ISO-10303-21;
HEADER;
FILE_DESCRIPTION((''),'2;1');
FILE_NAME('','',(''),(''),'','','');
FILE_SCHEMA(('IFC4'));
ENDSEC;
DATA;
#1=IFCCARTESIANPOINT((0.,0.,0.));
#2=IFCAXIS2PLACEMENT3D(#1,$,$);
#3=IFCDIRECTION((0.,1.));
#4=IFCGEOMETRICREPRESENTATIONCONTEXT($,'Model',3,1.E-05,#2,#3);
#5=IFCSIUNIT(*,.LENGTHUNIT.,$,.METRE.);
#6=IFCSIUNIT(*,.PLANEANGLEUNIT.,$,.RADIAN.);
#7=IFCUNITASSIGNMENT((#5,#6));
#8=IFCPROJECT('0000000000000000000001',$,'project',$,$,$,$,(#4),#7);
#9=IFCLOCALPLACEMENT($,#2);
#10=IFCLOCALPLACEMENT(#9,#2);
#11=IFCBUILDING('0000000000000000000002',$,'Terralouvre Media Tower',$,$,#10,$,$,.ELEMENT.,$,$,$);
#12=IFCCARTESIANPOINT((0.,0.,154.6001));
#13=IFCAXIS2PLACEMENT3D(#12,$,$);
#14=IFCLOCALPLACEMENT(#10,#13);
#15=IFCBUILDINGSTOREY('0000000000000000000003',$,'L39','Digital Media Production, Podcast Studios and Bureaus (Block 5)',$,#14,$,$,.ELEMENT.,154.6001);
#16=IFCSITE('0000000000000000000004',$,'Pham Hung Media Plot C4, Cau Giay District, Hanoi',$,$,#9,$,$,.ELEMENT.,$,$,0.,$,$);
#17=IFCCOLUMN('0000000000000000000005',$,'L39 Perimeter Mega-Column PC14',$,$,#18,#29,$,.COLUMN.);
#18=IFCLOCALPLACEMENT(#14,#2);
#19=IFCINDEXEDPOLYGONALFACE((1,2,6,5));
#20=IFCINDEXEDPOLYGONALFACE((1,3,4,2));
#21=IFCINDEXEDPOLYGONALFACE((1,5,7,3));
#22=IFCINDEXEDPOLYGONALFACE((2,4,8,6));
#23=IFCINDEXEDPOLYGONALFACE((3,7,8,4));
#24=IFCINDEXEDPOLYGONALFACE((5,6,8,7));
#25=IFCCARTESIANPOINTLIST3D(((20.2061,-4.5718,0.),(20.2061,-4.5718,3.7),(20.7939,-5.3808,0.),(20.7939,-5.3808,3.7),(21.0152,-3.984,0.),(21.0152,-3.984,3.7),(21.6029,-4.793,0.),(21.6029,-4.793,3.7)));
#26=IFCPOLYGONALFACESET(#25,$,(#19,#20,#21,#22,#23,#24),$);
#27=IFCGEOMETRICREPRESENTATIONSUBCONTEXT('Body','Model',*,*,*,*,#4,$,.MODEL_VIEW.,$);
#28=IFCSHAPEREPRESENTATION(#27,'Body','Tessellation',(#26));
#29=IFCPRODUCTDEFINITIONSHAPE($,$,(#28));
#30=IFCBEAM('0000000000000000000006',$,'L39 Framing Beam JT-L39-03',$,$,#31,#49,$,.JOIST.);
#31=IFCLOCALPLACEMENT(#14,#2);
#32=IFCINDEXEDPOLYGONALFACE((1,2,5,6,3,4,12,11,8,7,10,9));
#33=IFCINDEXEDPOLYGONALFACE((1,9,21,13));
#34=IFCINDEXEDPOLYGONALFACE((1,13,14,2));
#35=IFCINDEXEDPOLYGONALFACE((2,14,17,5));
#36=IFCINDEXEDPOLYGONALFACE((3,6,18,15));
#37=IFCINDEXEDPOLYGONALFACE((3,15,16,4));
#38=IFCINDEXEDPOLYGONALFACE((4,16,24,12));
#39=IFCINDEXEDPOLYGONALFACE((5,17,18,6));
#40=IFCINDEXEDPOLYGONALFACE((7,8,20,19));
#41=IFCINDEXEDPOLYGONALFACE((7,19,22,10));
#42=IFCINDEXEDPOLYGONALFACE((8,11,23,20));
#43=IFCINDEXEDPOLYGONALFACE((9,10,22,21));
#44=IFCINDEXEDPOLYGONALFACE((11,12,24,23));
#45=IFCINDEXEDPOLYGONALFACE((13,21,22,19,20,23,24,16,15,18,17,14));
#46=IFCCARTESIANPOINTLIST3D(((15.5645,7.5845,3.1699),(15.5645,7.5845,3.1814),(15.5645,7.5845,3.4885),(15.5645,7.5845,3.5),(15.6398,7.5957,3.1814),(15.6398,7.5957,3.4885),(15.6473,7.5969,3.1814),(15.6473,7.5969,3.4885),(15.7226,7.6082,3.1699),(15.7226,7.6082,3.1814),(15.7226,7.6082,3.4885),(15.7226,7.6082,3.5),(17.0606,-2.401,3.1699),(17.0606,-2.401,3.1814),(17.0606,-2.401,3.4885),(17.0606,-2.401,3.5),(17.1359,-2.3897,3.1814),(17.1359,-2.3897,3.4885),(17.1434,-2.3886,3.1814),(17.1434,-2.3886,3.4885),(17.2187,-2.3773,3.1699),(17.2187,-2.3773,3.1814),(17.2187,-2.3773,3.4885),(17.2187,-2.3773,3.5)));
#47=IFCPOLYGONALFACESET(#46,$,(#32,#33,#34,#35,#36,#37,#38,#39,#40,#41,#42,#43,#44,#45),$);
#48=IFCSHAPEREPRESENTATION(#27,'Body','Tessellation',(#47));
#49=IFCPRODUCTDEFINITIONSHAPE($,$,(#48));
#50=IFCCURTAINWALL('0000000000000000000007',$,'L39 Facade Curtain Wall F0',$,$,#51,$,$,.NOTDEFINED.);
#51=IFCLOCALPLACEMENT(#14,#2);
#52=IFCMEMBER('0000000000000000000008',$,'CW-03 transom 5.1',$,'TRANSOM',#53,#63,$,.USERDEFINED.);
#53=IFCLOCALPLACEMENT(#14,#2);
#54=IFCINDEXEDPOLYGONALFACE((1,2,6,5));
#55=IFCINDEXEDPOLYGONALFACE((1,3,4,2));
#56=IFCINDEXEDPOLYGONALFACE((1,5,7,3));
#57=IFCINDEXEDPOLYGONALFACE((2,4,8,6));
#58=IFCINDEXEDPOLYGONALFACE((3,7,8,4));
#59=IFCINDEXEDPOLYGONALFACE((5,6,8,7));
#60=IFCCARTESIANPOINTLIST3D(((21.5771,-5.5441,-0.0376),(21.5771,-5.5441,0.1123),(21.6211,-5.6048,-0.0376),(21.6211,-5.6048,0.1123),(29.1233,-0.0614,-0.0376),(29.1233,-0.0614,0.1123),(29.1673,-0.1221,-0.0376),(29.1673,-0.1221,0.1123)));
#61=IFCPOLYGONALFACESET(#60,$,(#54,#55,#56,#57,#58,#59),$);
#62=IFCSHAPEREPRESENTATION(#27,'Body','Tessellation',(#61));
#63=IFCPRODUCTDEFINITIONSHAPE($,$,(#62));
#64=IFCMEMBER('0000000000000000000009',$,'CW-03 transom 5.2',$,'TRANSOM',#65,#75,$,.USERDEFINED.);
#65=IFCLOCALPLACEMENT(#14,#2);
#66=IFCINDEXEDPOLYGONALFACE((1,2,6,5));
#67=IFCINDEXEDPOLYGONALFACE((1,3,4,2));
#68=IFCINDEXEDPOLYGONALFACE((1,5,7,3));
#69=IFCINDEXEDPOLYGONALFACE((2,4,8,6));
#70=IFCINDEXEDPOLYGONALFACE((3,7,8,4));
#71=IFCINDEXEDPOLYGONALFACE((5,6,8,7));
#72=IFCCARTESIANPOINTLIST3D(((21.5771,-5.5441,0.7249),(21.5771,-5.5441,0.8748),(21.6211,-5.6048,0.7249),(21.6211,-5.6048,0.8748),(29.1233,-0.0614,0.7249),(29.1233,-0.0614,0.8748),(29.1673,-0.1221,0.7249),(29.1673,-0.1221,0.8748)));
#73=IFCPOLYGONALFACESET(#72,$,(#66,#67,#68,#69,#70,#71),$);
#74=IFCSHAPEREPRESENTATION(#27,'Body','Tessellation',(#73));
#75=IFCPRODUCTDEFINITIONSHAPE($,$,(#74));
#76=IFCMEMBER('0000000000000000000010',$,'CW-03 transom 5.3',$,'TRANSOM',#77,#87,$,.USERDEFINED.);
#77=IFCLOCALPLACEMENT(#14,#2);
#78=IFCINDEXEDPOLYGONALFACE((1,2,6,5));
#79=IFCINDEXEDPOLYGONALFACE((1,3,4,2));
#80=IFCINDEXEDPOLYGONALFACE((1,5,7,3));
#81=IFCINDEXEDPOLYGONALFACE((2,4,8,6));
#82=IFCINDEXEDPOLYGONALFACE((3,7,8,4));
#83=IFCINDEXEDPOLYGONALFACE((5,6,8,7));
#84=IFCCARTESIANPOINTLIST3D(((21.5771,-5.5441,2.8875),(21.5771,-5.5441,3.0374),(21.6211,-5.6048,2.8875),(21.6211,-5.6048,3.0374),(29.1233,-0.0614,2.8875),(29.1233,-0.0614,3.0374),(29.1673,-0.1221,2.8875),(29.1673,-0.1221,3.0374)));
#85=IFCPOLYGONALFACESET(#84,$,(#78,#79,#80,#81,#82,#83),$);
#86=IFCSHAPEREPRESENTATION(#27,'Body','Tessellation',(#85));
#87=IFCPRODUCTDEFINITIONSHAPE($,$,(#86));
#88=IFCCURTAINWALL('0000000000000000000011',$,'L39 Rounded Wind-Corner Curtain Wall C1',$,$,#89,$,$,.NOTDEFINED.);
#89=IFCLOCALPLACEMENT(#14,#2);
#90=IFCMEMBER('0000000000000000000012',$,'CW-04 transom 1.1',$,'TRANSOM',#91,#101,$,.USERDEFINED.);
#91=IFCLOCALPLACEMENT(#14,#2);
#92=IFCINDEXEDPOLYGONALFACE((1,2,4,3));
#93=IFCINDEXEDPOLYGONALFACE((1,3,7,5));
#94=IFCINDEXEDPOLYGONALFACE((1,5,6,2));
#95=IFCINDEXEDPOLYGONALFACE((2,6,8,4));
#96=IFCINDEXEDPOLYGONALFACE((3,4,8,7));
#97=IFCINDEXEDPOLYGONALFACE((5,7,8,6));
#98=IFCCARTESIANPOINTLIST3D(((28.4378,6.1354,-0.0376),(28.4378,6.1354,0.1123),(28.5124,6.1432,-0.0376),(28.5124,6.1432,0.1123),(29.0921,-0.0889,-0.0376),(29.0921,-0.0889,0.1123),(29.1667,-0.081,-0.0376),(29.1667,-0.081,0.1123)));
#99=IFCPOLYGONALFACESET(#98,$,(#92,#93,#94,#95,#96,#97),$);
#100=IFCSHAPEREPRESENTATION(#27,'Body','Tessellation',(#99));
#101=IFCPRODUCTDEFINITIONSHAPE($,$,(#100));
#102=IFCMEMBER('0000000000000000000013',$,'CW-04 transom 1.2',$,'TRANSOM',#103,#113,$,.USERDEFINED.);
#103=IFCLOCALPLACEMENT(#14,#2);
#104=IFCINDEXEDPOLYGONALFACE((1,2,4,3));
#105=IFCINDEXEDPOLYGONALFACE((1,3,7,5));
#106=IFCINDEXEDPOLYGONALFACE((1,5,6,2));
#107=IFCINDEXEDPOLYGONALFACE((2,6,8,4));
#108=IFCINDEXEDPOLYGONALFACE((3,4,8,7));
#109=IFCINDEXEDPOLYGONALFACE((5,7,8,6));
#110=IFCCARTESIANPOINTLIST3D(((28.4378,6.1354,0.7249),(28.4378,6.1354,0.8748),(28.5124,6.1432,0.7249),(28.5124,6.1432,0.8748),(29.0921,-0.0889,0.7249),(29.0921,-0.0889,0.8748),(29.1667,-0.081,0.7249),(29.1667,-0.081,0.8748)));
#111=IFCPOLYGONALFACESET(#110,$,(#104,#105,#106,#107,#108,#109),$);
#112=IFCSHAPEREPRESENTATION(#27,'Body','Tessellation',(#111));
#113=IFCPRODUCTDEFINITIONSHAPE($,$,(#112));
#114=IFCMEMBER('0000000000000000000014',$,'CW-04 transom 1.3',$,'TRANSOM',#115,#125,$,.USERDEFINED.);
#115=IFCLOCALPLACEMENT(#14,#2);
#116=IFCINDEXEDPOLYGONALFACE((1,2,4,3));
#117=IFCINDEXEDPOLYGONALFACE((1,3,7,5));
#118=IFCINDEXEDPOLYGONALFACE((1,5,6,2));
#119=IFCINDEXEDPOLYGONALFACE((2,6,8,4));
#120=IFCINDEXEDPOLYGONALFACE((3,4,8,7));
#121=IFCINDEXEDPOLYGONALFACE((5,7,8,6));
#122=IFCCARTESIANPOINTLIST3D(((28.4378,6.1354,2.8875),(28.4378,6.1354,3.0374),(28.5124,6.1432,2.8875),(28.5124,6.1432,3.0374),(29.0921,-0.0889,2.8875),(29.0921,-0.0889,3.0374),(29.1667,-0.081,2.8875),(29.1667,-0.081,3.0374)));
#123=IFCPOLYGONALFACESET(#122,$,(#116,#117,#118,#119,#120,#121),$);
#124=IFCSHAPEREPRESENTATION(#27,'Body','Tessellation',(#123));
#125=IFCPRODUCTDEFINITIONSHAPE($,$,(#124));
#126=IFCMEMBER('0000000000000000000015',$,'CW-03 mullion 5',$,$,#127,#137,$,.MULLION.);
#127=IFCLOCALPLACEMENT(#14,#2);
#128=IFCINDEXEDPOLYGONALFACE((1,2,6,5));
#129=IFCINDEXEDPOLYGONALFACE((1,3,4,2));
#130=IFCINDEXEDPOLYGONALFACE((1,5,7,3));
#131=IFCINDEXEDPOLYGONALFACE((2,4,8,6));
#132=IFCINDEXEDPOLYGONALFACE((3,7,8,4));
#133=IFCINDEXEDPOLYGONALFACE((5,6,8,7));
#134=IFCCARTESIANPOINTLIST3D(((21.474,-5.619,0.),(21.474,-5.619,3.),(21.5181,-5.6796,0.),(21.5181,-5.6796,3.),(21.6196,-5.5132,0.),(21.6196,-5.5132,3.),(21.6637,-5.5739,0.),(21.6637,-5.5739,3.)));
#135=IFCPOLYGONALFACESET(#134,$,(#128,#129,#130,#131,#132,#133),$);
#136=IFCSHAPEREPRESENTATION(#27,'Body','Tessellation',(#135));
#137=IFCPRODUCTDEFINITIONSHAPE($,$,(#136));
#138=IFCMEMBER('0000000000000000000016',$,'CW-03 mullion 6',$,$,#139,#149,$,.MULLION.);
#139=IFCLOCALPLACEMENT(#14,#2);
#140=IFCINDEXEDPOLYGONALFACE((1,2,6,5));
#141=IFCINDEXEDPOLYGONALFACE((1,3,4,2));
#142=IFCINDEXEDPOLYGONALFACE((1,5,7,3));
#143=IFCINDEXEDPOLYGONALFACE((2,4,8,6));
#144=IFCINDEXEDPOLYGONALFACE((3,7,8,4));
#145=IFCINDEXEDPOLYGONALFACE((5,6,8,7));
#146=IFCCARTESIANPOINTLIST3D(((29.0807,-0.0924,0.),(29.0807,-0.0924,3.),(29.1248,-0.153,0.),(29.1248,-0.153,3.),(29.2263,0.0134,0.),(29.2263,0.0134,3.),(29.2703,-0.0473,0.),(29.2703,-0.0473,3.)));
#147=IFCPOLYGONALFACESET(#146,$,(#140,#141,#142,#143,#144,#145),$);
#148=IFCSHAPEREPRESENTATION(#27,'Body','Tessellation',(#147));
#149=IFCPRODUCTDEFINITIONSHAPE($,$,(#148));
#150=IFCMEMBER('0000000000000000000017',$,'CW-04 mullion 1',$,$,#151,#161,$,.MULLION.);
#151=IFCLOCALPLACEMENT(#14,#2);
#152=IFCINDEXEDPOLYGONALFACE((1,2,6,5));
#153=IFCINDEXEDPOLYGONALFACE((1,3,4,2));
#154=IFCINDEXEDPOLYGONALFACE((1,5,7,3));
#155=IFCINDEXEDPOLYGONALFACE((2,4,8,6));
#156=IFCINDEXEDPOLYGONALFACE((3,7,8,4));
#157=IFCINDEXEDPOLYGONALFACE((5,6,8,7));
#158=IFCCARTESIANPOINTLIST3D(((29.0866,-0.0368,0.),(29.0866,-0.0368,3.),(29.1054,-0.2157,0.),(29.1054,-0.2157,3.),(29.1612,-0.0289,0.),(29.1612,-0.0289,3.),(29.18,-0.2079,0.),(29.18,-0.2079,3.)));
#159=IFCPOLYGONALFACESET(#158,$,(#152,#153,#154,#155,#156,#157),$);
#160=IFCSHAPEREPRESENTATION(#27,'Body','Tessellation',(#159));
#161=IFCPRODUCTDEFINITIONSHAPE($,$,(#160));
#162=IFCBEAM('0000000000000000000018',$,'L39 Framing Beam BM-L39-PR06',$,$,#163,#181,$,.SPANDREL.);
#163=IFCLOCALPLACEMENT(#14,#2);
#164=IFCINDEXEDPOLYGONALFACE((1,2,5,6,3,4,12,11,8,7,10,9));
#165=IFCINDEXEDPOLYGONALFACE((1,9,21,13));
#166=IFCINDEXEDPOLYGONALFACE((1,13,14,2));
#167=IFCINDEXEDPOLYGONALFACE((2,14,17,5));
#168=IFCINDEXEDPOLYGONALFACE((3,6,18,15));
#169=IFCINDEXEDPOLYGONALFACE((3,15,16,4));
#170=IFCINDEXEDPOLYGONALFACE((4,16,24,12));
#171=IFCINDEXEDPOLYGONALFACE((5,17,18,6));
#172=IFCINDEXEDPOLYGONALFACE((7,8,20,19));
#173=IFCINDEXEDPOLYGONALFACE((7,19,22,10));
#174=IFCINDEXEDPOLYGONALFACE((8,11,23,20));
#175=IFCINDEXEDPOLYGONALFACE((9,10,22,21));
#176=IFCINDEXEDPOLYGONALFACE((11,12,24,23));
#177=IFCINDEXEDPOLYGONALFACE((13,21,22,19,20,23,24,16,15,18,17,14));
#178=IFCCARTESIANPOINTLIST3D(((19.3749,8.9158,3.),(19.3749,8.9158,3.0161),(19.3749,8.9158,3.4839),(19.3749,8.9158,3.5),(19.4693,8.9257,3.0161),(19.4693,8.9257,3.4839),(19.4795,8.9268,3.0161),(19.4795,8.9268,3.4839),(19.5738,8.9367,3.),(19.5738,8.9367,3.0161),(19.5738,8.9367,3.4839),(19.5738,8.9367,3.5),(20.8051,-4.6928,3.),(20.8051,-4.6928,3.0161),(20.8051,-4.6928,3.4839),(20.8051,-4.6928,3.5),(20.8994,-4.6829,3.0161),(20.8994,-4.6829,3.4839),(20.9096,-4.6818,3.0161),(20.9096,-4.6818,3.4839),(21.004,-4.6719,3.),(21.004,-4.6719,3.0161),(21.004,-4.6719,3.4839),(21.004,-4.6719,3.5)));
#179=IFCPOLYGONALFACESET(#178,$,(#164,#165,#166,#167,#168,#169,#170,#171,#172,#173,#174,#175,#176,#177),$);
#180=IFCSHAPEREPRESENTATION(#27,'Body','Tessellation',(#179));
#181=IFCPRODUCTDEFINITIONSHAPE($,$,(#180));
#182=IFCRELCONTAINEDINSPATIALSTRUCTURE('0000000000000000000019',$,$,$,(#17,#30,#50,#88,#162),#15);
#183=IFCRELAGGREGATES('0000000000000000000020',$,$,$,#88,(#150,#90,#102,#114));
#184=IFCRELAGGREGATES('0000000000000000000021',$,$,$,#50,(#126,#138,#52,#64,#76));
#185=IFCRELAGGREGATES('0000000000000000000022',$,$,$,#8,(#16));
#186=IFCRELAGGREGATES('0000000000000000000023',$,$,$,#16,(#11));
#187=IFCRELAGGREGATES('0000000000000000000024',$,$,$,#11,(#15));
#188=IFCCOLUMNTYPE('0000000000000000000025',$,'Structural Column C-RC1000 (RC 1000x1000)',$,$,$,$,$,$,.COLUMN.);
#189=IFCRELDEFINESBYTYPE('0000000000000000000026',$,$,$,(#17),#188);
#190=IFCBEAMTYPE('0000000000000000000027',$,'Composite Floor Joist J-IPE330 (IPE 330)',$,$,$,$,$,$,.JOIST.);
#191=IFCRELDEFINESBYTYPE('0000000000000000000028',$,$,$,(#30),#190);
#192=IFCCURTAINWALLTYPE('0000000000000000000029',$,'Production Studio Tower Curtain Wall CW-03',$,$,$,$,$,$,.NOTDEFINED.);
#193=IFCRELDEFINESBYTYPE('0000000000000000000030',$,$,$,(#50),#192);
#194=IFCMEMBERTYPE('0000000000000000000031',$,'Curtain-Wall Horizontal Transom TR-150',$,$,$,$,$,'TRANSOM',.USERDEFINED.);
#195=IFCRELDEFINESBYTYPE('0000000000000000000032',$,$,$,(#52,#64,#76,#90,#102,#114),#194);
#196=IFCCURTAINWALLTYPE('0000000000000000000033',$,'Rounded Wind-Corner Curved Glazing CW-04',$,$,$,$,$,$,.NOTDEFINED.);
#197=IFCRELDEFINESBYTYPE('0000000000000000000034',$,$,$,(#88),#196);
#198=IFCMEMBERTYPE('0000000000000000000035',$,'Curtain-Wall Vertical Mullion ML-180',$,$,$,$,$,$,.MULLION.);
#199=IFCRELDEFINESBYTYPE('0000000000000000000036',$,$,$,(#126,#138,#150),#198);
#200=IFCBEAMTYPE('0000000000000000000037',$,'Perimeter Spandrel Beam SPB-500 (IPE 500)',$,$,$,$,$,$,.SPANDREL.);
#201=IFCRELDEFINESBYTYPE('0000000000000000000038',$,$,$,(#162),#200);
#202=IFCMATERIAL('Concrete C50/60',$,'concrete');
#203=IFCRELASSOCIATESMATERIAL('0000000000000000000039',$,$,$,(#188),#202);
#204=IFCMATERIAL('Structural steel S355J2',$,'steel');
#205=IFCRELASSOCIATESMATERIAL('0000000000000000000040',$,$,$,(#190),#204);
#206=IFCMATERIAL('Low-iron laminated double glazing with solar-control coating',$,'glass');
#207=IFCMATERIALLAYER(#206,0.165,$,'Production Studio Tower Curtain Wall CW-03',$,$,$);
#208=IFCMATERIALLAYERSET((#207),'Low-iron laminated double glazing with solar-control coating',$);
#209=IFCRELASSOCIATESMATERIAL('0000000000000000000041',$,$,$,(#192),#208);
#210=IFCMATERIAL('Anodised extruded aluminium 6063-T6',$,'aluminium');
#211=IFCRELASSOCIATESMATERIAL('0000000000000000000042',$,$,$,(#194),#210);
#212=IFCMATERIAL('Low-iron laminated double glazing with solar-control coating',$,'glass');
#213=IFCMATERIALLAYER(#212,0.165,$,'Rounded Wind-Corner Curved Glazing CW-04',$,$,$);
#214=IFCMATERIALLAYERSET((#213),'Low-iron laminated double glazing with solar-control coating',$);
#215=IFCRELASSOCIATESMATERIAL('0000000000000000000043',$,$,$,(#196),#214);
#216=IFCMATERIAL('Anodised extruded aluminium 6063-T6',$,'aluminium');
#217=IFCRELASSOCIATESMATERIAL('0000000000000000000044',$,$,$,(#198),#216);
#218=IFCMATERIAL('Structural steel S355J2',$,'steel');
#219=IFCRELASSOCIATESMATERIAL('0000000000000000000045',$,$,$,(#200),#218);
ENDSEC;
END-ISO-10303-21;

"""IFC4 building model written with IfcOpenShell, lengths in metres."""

from ifc_helpers import new_model, si_unit, direction, frame, origin, origin_2d, place, context, subcontext, project, spatial, rectangle, i_section, extrude, material, layer, layer_set, material_profile, profile_set, type_object, element, aggregate, save


model = new_model("IFC4")

# Units and contexts
model_context = context("Model", 3, precision=1e-05, world=origin(), true_north=direction((0.0, 1.0)))
body_context = subcontext(model_context, "Body", "Model", "MODEL_VIEW")
ifc_project = project(units=[si_unit("LENGTHUNIT", "METRE"), si_unit("PLANEANGLEUNIT", "RADIAN")], contexts=[model_context])

# Site, building, storey
site_placement = place(None, origin())
site = spatial("IfcSite", under=ifc_project, at=site_placement, Name="Pham Hung Media Plot C4, Cau Giay District, Hanoi", CompositionType="ELEMENT", RefElevation=0.0)
building_placement = place(site_placement, origin())
building = spatial("IfcBuilding", under=site, at=building_placement, Name="Terralouvre Media Tower", CompositionType="ELEMENT")
storey_placement = place(building_placement, frame((0.0, 0.0, 154.6001)))
storey = spatial("IfcBuildingStorey", under=building, at=storey_placement, Name="L39", Description="Digital Media Production, Podcast Studios and Bureaus (Block 5)", CompositionType="ELEMENT", Elevation=154.6001)

# Column
ifc_material_1 = material(Name="Concrete C50/60", Category="concrete")
ifc_material_profile_1 = material_profile(ifc_material_1, rectangle(XDim=1.0, YDim=1.0, at=origin_2d()), Name="RC 1000x1000")
ifc_profile_set_1 = profile_set([ifc_material_profile_1], Name="Concrete C50/60")
column_type = type_object("IfcColumnType", Name="Structural Column C-RC1000 (RC 1000x1000)", PredefinedType="COLUMN", material=ifc_profile_set_1)
column_placement = place(storey_placement, frame((20.9045, -4.6824, 0.0), z_axis=(0.0, 0.0, 1.0), x_axis=(0.809017, 0.587785, 0.0)))
element("IfcColumn", 1, at=column_placement, inside=storey, type_object=column_type, Name="L39 Perimeter Mega-Column PC14", PredefinedType="COLUMN", context=body_context, shape_type="SweptSolid", body=[
    extrude(rectangle(XDim=1.0, YDim=1.0, at=origin_2d()), origin(), (0.0, 0.0, 1.0), 3.7),
])

# Beam
ifc_material_2 = material(Name="Structural steel S355J2", Category="steel")
ifc_material_profile_2 = material_profile(ifc_material_2, i_section(OverallWidth=0.1599, OverallDepth=0.3301, WebThickness=0.0076, FlangeThickness=0.0115, at=origin_2d()), Name="IPE 330")
ifc_profile_set_2 = profile_set([ifc_material_profile_2], Name="Structural steel S355J2")
beam_type_1 = type_object("IfcBeamType", Name="Composite Floor Joist J-IPE330 (IPE 330)", PredefinedType="JOIST", material=ifc_profile_set_2)
beam_1_placement = place(storey_placement, frame((17.1396, -2.3892, 3.335), z_axis=(-0.148175, 0.988961, 0.0), x_axis=(-0.988961, -0.148175, 0.0)))
element("IfcBeam", 2, at=beam_1_placement, inside=storey, type_object=beam_type_1, Name="L39 Framing Beam JT-L39-03", PredefinedType="JOIST", context=body_context, shape_type="SweptSolid", body=[
    extrude(i_section(OverallWidth=0.1599, OverallDepth=0.3301, WebThickness=0.0076, FlangeThickness=0.0115, at=origin_2d()), origin(), (0.0, 0.0, 1.0), 10.0969),
])

# Curtain walls, members
ifc_material_3 = material(Name="Low-iron laminated double glazing with solar-control coating", Category="glass")
ifc_layer_1 = layer(ifc_material_3, 0.165, Name="Production Studio Tower Curtain Wall CW-03")
ifc_layer_set_1 = layer_set([ifc_layer_1], Name="Low-iron laminated double glazing with solar-control coating")
curtain_wall_type_1 = type_object("IfcCurtainWallType", Name="Production Studio Tower Curtain Wall CW-03", PredefinedType="NOTDEFINED", material=ifc_layer_set_1)
curtain_wall_1_placement = place(storey_placement, origin())
curtain_wall_1 = element("IfcCurtainWall", 3, at=curtain_wall_1_placement, inside=storey, type_object=curtain_wall_type_1, Name="L39 Facade Curtain Wall F0", PredefinedType="NOTDEFINED")
ifc_material_4 = material(Name="Anodised extruded aluminium 6063-T6", Category="aluminium")
ifc_material_profile_3 = material_profile(ifc_material_4, rectangle(XDim=0.075, YDim=0.1499, at=origin_2d()), Name="ALU 75x150")
ifc_profile_set_3 = profile_set([ifc_material_profile_3], Name="Anodised extruded aluminium 6063-T6")
member_type_1 = type_object("IfcMemberType", Name="Curtain-Wall Horizontal Transom TR-150", ElementType="TRANSOM", PredefinedType="USERDEFINED", material=ifc_profile_set_3)
member_1_placement = place(storey_placement, frame((21.5991, -5.5745, 0.0374), z_axis=(0.809013, 0.58779, 0.0), x_axis=(-0.58779, 0.809013, 0.0)))
member_1 = element("IfcMember", 4, at=member_1_placement, type_object=member_type_1, Name="CW-03 transom 5.1", ObjectType="TRANSOM", PredefinedType="USERDEFINED", context=body_context, shape_type="SweptSolid", body=[
    extrude(rectangle(XDim=0.075, YDim=0.1499, at=origin_2d()), origin(), (0.0, 0.0, 1.0), 9.3276),
])
member_2_placement = place(storey_placement, frame((21.5991, -5.5745, 0.7998), z_axis=(0.809013, 0.58779, 0.0), x_axis=(-0.58779, 0.809013, 0.0)))
member_2 = element("IfcMember", 5, at=member_2_placement, type_object=member_type_1, Name="CW-03 transom 5.2", ObjectType="TRANSOM", PredefinedType="USERDEFINED", context=body_context, shape_type="SweptSolid", body=[
    extrude(rectangle(XDim=0.075, YDim=0.1499, at=origin_2d()), origin(), (0.0, 0.0, 1.0), 9.3276),
])
member_3_placement = place(storey_placement, frame((21.5991, -5.5745, 2.9624), z_axis=(0.809013, 0.58779, 0.0), x_axis=(-0.58779, 0.809013, 0.0)))
member_3 = element("IfcMember", 6, at=member_3_placement, type_object=member_type_1, Name="CW-03 transom 5.3", ObjectType="TRANSOM", PredefinedType="USERDEFINED", context=body_context, shape_type="SweptSolid", body=[
    extrude(rectangle(XDim=0.075, YDim=0.1499, at=origin_2d()), origin(), (0.0, 0.0, 1.0), 9.3276),
])
ifc_material_5 = material(Name="Low-iron laminated double glazing with solar-control coating", Category="glass")
ifc_layer_2 = layer(ifc_material_5, 0.165, Name="Rounded Wind-Corner Curved Glazing CW-04")
ifc_layer_set_2 = layer_set([ifc_layer_2], Name="Low-iron laminated double glazing with solar-control coating")
curtain_wall_type_2 = type_object("IfcCurtainWallType", Name="Rounded Wind-Corner Curved Glazing CW-04", PredefinedType="NOTDEFINED", material=ifc_layer_set_2)
curtain_wall_2_placement = place(storey_placement, origin())
curtain_wall_2 = element("IfcCurtainWall", 7, at=curtain_wall_2_placement, inside=storey, type_object=curtain_wall_type_2, Name="L39 Rounded Wind-Corner Curtain Wall C1", PredefinedType="NOTDEFINED")
member_4_placement = place(storey_placement, frame((29.1294, -0.085, 0.0374), z_axis=(-0.104543, 0.99452, 0.0), x_axis=(-0.99452, -0.104543, 0.0)))
member_4 = element("IfcMember", 8, at=member_4_placement, type_object=member_type_1, Name="CW-04 transom 1.1", ObjectType="TRANSOM", PredefinedType="USERDEFINED", context=body_context, shape_type="SweptSolid", body=[
    extrude(rectangle(XDim=0.075, YDim=0.1499, at=origin_2d()), origin(), (0.0, 0.0, 1.0), 6.2585),
])
member_5_placement = place(storey_placement, frame((29.1294, -0.085, 0.7998), z_axis=(-0.104543, 0.99452, 0.0), x_axis=(-0.99452, -0.104543, 0.0)))
member_5 = element("IfcMember", 9, at=member_5_placement, type_object=member_type_1, Name="CW-04 transom 1.2", ObjectType="TRANSOM", PredefinedType="USERDEFINED", context=body_context, shape_type="SweptSolid", body=[
    extrude(rectangle(XDim=0.075, YDim=0.1499, at=origin_2d()), origin(), (0.0, 0.0, 1.0), 6.2585),
])
member_6_placement = place(storey_placement, frame((29.1294, -0.085, 2.9624), z_axis=(-0.104543, 0.99452, 0.0), x_axis=(-0.99452, -0.104543, 0.0)))
member_6 = element("IfcMember", 10, at=member_6_placement, type_object=member_type_1, Name="CW-04 transom 1.3", ObjectType="TRANSOM", PredefinedType="USERDEFINED", context=body_context, shape_type="SweptSolid", body=[
    extrude(rectangle(XDim=0.075, YDim=0.1499, at=origin_2d()), origin(), (0.0, 0.0, 1.0), 6.2585),
])

# Members
ifc_material_6 = material(Name="Anodised extruded aluminium 6063-T6", Category="aluminium")
ifc_material_profile_4 = material_profile(ifc_material_6, rectangle(XDim=0.075, YDim=0.1799, at=origin_2d()), Name="ALU 75x180")
ifc_profile_set_4 = profile_set([ifc_material_profile_4], Name="Anodised extruded aluminium 6063-T6")
member_type_2 = type_object("IfcMemberType", Name="Curtain-Wall Vertical Mullion ML-180", PredefinedType="MULLION", material=ifc_profile_set_4)
member_7_placement = place(storey_placement, frame((21.5688, -5.5964, 0.0), z_axis=(0.0, 0.0, 1.0), x_axis=(-0.587785, 0.809017, 0.0)))
member_7 = element("IfcMember", 11, at=member_7_placement, type_object=member_type_2, Name="CW-03 mullion 5", PredefinedType="MULLION", context=body_context, shape_type="SweptSolid", body=[
    extrude(rectangle(XDim=0.075, YDim=0.1799, at=origin_2d()), origin(), (0.0, 0.0, 1.0), 3.0),
])
member_8_placement = place(storey_placement, frame((29.1755, -0.0698, 0.0), z_axis=(0.0, 0.0, 1.0), x_axis=(-0.587785, 0.809017, 0.0)))
member_8 = element("IfcMember", 12, at=member_8_placement, type_object=member_type_2, Name="CW-03 mullion 6", PredefinedType="MULLION", context=body_context, shape_type="SweptSolid", body=[
    extrude(rectangle(XDim=0.075, YDim=0.1799, at=origin_2d()), origin(), (0.0, 0.0, 1.0), 3.0),
])
member_9_placement = place(storey_placement, frame((29.1333, -0.1223, 0.0), z_axis=(0.0, 0.0, 1.0), x_axis=(-0.994522, -0.104529, 0.0)))
member_9 = element("IfcMember", 13, at=member_9_placement, type_object=member_type_2, Name="CW-04 mullion 1", PredefinedType="MULLION", context=body_context, shape_type="SweptSolid", body=[
    extrude(rectangle(XDim=0.075, YDim=0.1799, at=origin_2d()), origin(), (0.0, 0.0, 1.0), 3.0),
])
aggregate(curtain_wall_2, [member_9, member_4, member_5, member_6])

# Beam
ifc_material_7 = material(Name="Structural steel S355J2", Category="steel")
ifc_material_profile_5 = material_profile(ifc_material_7, i_section(OverallWidth=0.2, OverallDepth=0.5, WebThickness=0.0103, FlangeThickness=0.0161, at=origin_2d()), Name="IPE 500")
ifc_profile_set_5 = profile_set([ifc_material_profile_5], Name="Structural steel S355J2")
beam_type_2 = type_object("IfcBeamType", Name="Perimeter Spandrel Beam SPB-500 (IPE 500)", PredefinedType="SPANDREL", material=ifc_profile_set_5)
beam_2_placement = place(storey_placement, frame((20.9045, -4.6824, 3.25), z_axis=(-0.104518, 0.994523, 0.0), x_axis=(-0.994523, -0.104518, 0.0)))
element("IfcBeam", 14, at=beam_2_placement, inside=storey, type_object=beam_type_2, Name="L39 Framing Beam BM-L39-PR06", PredefinedType="SPANDREL", context=body_context, shape_type="SweptSolid", body=[
    extrude(i_section(OverallWidth=0.2, OverallDepth=0.5, WebThickness=0.0103, FlangeThickness=0.0161, at=origin_2d()), origin(), (0.0, 0.0, 1.0), 13.6836),
])

aggregate(curtain_wall_1, [member_7, member_8, member_1, member_2, member_3])

save(model, "model.ifc")
